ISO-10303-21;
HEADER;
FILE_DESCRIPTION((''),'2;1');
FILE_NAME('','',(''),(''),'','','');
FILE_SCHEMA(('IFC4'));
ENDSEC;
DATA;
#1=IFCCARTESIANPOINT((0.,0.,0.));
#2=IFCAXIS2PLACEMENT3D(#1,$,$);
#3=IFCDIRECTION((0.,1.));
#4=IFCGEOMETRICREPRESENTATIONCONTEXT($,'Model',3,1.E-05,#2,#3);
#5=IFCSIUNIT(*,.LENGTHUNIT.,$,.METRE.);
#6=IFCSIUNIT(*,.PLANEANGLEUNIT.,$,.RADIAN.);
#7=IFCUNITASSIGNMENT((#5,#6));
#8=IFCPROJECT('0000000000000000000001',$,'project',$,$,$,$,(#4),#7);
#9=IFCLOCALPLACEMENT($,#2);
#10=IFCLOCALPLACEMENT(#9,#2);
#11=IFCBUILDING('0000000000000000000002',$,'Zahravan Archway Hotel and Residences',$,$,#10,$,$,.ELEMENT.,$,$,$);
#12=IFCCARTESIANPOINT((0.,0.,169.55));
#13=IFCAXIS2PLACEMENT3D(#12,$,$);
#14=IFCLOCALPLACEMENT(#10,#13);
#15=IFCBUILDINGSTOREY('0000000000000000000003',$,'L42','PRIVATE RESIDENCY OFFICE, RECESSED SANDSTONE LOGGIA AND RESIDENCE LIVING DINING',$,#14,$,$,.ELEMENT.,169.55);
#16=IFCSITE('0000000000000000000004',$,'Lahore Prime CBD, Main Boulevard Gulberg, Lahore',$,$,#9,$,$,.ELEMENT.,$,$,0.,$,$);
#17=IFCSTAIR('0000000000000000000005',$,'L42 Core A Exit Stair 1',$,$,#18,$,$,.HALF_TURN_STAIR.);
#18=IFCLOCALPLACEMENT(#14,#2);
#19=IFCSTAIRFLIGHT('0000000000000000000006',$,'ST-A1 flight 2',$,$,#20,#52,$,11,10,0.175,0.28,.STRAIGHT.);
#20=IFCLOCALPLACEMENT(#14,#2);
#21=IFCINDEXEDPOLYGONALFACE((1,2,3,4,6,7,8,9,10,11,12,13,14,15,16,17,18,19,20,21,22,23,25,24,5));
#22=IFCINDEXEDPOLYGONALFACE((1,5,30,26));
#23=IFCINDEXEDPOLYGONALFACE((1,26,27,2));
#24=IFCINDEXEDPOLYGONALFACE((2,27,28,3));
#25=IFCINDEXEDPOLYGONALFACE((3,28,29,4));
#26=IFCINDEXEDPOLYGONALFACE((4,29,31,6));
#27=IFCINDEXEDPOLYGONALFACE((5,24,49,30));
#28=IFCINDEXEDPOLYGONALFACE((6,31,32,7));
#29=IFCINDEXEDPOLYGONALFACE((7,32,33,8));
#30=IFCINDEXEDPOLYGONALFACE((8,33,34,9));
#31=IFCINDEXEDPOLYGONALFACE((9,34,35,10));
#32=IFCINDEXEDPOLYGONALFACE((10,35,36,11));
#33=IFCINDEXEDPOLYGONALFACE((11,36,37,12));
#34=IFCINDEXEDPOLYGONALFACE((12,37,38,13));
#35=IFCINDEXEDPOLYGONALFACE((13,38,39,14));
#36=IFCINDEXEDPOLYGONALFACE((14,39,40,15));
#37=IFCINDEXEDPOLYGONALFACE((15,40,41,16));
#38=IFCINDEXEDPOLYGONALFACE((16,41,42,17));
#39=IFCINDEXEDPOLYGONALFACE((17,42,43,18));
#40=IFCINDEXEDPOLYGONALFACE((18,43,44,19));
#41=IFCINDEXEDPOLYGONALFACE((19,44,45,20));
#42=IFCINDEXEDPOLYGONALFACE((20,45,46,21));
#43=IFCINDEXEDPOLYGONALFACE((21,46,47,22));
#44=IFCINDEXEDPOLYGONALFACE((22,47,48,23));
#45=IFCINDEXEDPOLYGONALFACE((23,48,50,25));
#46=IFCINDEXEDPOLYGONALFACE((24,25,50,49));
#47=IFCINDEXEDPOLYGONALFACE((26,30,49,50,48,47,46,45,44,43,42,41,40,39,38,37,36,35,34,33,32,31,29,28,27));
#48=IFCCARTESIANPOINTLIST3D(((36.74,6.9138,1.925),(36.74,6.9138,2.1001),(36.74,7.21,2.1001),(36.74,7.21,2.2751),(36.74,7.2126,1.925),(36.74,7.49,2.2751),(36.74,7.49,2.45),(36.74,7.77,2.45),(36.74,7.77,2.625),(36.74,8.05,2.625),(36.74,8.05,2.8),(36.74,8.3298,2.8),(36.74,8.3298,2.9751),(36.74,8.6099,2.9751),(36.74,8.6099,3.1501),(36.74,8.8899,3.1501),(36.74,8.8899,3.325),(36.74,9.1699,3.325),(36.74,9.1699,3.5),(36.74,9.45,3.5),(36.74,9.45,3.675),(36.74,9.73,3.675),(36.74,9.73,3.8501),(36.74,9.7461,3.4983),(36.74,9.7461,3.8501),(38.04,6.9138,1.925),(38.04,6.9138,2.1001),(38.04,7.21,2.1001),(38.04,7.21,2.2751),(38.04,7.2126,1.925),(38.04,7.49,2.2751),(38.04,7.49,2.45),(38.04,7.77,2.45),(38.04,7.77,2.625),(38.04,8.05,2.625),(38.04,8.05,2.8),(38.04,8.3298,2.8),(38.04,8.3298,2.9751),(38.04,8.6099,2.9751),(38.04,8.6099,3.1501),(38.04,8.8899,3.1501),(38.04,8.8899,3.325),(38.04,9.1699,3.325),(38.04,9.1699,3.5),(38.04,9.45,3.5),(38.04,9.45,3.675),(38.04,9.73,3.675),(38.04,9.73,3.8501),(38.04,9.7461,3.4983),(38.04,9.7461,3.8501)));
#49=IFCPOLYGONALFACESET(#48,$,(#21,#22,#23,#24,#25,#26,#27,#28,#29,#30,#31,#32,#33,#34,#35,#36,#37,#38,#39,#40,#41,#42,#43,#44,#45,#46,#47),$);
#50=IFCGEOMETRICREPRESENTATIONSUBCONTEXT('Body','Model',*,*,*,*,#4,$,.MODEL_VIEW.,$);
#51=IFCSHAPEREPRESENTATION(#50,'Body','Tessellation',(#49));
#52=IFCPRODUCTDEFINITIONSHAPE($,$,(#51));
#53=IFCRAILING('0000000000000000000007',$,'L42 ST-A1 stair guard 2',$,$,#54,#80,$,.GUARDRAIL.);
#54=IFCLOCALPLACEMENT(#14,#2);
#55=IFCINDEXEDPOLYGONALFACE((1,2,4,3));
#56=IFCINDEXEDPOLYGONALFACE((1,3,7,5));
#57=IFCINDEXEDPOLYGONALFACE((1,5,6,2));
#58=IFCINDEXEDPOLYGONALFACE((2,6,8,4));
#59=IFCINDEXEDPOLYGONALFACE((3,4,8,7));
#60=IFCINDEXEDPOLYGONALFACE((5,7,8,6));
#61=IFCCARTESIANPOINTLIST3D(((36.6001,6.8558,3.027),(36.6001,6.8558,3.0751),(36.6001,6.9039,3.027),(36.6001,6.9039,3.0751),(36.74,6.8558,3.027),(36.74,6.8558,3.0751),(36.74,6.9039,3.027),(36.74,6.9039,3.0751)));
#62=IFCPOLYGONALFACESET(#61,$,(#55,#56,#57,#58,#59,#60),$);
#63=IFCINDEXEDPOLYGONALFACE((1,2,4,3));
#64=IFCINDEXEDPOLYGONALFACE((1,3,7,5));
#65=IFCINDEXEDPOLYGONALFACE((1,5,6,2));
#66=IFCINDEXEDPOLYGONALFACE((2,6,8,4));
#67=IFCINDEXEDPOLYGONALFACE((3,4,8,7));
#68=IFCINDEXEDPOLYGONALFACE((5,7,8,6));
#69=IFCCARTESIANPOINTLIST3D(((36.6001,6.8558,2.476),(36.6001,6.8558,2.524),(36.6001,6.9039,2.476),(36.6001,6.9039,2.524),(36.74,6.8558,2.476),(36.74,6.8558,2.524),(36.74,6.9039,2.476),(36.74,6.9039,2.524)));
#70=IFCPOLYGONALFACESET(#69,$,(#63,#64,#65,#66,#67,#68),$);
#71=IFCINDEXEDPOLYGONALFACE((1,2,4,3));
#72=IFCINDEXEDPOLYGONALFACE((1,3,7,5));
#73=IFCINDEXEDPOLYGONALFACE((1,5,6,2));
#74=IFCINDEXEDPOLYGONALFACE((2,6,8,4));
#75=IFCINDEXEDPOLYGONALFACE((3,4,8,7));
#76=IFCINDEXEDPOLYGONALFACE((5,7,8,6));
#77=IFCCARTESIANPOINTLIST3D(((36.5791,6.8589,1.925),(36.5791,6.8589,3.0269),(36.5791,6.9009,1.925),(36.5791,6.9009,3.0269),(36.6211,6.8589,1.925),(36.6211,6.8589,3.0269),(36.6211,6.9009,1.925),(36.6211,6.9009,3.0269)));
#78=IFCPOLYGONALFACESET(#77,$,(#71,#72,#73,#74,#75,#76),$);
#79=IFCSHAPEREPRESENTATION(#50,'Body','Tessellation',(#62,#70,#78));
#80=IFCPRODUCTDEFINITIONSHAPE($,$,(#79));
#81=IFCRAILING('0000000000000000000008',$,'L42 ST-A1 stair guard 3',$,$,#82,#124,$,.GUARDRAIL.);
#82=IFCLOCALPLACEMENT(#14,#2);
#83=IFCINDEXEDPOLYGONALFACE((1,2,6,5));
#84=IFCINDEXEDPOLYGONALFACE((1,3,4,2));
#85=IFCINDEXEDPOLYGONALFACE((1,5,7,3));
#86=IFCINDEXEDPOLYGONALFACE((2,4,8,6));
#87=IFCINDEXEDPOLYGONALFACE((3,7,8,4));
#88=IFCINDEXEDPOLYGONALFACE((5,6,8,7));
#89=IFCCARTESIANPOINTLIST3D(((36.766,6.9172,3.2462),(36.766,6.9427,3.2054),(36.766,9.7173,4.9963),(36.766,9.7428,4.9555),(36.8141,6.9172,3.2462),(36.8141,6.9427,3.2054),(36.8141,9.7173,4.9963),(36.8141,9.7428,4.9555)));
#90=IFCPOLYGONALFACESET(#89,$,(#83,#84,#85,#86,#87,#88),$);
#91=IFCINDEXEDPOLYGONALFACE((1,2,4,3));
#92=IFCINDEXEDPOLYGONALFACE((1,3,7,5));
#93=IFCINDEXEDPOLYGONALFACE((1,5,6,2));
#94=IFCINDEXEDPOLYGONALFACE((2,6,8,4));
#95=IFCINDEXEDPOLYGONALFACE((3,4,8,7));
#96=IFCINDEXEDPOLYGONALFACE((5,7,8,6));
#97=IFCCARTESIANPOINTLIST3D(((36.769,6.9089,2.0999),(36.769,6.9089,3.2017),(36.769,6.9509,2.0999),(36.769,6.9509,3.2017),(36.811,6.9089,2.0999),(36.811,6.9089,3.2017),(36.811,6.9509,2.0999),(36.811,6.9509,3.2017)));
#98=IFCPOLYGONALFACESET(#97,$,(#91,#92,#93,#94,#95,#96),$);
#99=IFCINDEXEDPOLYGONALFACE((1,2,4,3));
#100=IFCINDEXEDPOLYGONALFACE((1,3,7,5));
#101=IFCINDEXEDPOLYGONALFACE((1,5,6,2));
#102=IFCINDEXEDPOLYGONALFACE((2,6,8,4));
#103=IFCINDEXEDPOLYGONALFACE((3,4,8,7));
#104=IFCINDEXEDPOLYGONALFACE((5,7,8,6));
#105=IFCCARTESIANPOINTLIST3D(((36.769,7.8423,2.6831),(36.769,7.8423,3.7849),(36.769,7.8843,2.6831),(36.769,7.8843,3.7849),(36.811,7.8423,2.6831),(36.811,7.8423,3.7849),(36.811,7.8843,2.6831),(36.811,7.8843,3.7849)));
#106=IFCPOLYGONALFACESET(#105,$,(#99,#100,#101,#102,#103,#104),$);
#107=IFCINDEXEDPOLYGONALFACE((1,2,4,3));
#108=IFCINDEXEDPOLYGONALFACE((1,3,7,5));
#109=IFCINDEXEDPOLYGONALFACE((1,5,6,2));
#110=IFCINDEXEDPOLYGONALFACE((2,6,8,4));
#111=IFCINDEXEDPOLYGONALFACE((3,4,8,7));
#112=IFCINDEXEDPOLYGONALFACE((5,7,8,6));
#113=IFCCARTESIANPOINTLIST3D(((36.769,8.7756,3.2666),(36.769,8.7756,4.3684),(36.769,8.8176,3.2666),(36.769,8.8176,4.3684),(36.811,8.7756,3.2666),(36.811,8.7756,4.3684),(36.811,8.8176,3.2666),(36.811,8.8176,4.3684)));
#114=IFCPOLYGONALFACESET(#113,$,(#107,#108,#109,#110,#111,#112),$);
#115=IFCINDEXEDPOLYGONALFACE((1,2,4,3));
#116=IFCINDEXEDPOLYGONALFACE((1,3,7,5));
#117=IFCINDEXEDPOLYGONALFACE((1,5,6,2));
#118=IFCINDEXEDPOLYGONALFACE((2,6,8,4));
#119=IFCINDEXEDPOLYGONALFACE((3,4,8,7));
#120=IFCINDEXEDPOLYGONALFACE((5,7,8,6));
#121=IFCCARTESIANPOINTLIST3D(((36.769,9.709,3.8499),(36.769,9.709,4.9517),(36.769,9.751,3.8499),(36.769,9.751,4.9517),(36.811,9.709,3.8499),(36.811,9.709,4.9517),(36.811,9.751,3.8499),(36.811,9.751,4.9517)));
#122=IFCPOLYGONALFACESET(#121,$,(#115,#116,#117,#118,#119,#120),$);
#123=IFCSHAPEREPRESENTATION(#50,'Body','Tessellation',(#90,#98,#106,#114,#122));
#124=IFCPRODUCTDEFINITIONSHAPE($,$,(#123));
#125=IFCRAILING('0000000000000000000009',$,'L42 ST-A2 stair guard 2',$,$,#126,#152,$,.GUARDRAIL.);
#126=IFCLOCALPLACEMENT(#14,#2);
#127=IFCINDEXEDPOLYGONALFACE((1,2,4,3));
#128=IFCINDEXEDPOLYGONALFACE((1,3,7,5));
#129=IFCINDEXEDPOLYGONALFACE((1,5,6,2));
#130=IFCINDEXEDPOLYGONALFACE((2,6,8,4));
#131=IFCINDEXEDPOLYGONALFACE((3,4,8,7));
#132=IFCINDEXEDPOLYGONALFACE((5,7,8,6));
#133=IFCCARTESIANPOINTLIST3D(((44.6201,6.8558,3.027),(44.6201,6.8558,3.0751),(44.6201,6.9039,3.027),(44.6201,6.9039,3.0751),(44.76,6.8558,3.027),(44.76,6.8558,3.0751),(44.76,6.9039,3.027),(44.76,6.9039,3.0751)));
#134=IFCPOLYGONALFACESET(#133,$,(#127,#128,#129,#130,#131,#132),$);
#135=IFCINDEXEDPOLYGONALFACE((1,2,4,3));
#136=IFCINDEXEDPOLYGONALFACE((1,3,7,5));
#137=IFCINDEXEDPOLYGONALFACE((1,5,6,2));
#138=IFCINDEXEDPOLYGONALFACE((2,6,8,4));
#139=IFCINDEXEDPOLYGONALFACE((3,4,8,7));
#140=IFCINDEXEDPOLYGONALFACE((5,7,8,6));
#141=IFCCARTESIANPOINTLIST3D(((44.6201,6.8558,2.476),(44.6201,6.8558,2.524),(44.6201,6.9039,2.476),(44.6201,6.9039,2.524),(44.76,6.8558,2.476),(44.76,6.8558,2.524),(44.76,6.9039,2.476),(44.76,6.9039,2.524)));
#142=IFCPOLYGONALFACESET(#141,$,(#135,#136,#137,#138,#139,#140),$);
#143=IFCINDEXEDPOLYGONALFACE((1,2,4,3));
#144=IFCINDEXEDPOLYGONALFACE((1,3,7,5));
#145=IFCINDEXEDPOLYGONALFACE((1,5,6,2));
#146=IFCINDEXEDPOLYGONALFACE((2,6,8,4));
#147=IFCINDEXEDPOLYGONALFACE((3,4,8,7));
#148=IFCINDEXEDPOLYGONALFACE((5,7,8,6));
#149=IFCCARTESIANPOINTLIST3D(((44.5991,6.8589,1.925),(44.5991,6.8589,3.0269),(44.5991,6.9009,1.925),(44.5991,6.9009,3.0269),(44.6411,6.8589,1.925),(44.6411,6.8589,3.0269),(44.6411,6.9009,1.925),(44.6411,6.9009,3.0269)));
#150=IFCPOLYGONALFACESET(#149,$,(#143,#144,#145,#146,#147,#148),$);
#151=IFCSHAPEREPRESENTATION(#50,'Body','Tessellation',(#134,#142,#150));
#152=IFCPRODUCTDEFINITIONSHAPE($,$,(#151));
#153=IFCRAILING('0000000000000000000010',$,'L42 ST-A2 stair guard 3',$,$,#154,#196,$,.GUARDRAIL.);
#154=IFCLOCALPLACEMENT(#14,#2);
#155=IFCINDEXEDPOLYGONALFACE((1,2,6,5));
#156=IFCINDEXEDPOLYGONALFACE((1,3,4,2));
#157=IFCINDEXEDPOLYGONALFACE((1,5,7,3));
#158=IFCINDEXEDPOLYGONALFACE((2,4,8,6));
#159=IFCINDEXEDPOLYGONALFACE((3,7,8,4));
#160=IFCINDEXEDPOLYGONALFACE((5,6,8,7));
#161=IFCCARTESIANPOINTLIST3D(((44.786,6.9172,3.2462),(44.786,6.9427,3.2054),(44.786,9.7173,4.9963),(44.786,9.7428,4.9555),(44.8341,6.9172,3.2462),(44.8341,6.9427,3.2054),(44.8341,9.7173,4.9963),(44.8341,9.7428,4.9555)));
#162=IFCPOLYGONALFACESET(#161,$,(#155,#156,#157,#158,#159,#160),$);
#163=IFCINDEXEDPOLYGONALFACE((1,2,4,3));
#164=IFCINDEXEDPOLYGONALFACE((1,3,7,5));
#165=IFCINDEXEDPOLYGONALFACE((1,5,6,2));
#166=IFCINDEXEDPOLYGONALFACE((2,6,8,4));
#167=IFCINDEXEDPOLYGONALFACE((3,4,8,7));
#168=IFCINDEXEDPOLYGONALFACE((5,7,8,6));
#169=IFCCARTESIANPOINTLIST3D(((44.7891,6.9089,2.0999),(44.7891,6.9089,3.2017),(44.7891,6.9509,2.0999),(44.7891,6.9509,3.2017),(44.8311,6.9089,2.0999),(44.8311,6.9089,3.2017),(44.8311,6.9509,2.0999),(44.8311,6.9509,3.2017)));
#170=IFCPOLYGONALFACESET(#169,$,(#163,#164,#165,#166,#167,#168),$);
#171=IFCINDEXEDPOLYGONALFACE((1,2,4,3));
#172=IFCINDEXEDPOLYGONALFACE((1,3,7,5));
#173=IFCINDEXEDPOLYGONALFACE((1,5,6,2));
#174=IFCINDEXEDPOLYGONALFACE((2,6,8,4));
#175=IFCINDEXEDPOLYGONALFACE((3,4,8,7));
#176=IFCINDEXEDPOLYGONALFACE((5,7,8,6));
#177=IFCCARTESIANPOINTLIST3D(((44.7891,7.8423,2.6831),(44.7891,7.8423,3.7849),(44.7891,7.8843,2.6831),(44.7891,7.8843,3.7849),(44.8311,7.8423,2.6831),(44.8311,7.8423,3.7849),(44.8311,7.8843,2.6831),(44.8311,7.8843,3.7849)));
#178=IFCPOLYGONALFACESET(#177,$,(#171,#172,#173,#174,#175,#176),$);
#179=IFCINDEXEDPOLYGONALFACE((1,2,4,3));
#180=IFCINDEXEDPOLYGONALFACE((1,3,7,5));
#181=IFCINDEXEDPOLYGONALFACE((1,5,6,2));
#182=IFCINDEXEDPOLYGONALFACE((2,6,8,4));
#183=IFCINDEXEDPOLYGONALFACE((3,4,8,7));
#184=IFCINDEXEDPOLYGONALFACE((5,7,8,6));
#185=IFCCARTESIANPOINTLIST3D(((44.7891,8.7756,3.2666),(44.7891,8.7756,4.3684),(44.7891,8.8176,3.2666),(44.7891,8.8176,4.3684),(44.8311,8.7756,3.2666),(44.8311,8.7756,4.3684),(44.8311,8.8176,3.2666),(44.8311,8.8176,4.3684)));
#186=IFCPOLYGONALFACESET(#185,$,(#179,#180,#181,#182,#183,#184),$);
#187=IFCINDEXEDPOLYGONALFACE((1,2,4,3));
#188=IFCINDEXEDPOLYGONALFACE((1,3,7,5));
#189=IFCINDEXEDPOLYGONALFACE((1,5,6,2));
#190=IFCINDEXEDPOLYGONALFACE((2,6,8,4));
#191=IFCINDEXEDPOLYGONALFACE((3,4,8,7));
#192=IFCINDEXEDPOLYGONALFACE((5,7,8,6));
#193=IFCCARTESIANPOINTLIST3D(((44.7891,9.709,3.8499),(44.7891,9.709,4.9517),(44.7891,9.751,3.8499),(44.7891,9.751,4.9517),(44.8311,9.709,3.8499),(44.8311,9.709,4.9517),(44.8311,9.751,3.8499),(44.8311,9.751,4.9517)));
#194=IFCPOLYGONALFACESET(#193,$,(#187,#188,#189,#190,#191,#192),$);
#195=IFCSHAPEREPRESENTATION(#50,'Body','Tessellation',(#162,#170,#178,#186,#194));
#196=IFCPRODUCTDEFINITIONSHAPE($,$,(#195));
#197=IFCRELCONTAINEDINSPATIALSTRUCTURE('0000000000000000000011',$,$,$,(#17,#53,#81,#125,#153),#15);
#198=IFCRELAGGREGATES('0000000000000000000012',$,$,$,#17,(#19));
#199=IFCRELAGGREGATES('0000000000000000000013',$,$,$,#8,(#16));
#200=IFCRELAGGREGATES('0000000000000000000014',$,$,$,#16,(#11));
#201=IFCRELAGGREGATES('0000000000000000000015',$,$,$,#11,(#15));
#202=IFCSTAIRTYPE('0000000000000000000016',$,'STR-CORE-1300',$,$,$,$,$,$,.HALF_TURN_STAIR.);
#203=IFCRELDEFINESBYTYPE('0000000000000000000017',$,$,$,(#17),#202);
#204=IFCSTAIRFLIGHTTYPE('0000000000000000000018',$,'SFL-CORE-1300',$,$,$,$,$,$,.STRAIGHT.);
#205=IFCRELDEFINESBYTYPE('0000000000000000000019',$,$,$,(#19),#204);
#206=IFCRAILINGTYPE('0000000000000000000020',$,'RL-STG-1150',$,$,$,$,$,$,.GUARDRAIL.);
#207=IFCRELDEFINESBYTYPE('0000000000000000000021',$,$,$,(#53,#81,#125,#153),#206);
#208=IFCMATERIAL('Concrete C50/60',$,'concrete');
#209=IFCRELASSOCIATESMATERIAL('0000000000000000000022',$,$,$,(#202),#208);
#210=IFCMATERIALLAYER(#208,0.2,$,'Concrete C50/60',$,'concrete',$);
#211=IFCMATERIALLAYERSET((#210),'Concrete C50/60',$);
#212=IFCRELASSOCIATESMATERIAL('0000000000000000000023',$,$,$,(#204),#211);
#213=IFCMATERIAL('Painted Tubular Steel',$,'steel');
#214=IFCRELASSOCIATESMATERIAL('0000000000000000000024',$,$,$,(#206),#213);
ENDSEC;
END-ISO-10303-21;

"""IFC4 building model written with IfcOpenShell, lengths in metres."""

from ifc_helpers import new_model, si_unit, direction, frame, origin, origin_2d, place, context, subcontext, project, spatial, polyline, rectangle, outline, extrude, source, transform, mapped, material, layer, layer_set, type_object, element, aggregate, save


model = new_model("IFC4")

# Units and contexts
model_context = context("Model", 3, precision=1e-05, world=origin(), true_north=direction((0.0, 1.0)))
body_context = subcontext(model_context, "Body", "Model", "MODEL_VIEW")
ifc_project = project(units=[si_unit("LENGTHUNIT", "METRE"), si_unit("PLANEANGLEUNIT", "RADIAN")], contexts=[model_context])

# Site, building, storey
site_placement = place(None, origin())
site = spatial("IfcSite", under=ifc_project, at=site_placement, Name="Lahore Prime CBD, Main Boulevard Gulberg, Lahore", CompositionType="ELEMENT", RefElevation=0.0)
building_placement = place(site_placement, origin())
building = spatial("IfcBuilding", under=site, at=building_placement, Name="Zahravan Archway Hotel and Residences", CompositionType="ELEMENT")
storey_placement = place(building_placement, frame((0.0, 0.0, 169.55)))
storey = spatial("IfcBuildingStorey", under=building, at=storey_placement, Name="L42", Description="PRIVATE RESIDENCY OFFICE, RECESSED SANDSTONE LOGGIA AND RESIDENCE LIVING DINING", CompositionType="ELEMENT", Elevation=169.55)

# Shared definitions
ifc_material_1 = material(Name="Concrete C50/60", Category="concrete")

# Stair, stair flight
stair_type = type_object("IfcStairType", Name="STR-CORE-1300", PredefinedType="HALF_TURN_STAIR", material=ifc_material_1)
stair_placement = place(storey_placement, origin())
stair = element("IfcStair", 1, at=stair_placement, inside=storey, type_object=stair_type, Name="L42 Core A Exit Stair 1", PredefinedType="HALF_TURN_STAIR")
ifc_layer_1 = layer(ifc_material_1, 0.2, Name="Concrete C50/60", Category="concrete")
ifc_layer_set_1 = layer_set([ifc_layer_1], Name="Concrete C50/60")
stair_flight_type = type_object("IfcStairFlightType", Name="SFL-CORE-1300", PredefinedType="STRAIGHT", material=ifc_layer_set_1)
shared_shape_1 = source(origin(), body_context, "Body", "SweptSolid", [
    extrude(outline(polyline([(-0.0161, 0.0), (-0.0161, 0.175), (0.28, 0.175), (0.28, 0.3501), (0.5601, 0.3501), (0.5601, 0.5249), (0.8401, 0.5249), (0.8401, 0.7), (1.1201, 0.7), (1.1201, 0.875), (1.3999, 0.875), (1.3999, 1.05), (1.6799, 1.05), (1.6799, 1.2251), (1.96, 1.2251), (1.96, 1.3999), (2.24, 1.3999), (2.24, 1.575), (2.52, 1.575), (2.52, 1.75), (2.8, 1.75), (2.8, 1.925), (2.8162, 1.925), (2.8162, 1.5732), (0.2827, 0.0), (-0.0161, 0.0)])), frame((0.0, 0.6499, 0.0), z_axis=(0.0, -1.0, 0.0), x_axis=(1.0, 0.0, 0.0)), (0.0, 0.0, 1.0), 1.3),
])
stair_flight_placement = place(storey_placement, frame((37.3899, 6.9299, 1.925), z_axis=(0.0, 0.0, 1.0), x_axis=(0.0, 1.0, 0.0)))
stair_flight = element("IfcStairFlight", 2, at=stair_flight_placement, type_object=stair_flight_type, Name="ST-A1 flight 2", NumberOfRisers=11, NumberOfTreads=10, PredefinedType="STRAIGHT", RiserHeight=0.175, TreadLength=0.28, context=body_context, shape_type="MappedRepresentation", body=[
    mapped(shared_shape_1, transform((0.0, 0.0, 0.0), scale=1.0)),
])
aggregate(stair, [stair_flight])

# Railings
ifc_material_2 = material(Name="Painted Tubular Steel", Category="steel")
railing_type_1 = type_object("IfcRailingType", Name="RL-STG-1150", PredefinedType="GUARDRAIL", material=ifc_material_2)
railing_1_placement = place(storey_placement, frame((36.6001, 6.8799, 1.925)))
element("IfcRailing", 3, at=railing_1_placement, inside=storey, type_object=railing_type_1, Name="L42 ST-A1 stair guard 2", PredefinedType="GUARDRAIL", context=body_context, shape_type="SweptSolid", body=[
    extrude(rectangle(XDim=0.0481, YDim=0.0481, at=origin_2d()), frame((0.0, 0.0, 1.126), z_axis=(1.0, 0.0, 0.0), x_axis=(0.0, 1.0, 0.0)), (0.0, 0.0, 1.0), 0.1399),
    extrude(rectangle(XDim=0.0481, YDim=0.0481, at=origin_2d()), frame((0.0, 0.0, 0.575), z_axis=(1.0, 0.0, 0.0), x_axis=(0.0, 1.0, 0.0)), (0.0, 0.0, 1.0), 0.1399),
    extrude(rectangle(XDim=0.042, YDim=0.042, at=origin_2d()), origin(), (0.0, 0.0, 1.0), 1.1018),
])
railing_2_placement = place(storey_placement, frame((36.79, 6.9299, 2.0999)))
element("IfcRailing", 4, at=railing_2_placement, inside=storey, type_object=railing_type_1, Name="L42 ST-A1 stair guard 3", PredefinedType="GUARDRAIL", context=body_context, shape_type="SweptSolid", body=[
    extrude(rectangle(XDim=0.0481, YDim=0.0481, at=origin_2d()), frame((0.0, 0.0, 1.126), z_axis=(0.0, 0.848002, 0.529992), x_axis=(-1.0, 0.0, 0.0)), (0.0, 0.0, 1.0), 3.302),
    extrude(rectangle(XDim=0.042, YDim=0.042, at=origin_2d()), origin(), (0.0, 0.0, 1.0), 1.1018),
    extrude(rectangle(XDim=0.042, YDim=0.042, at=origin_2d()), frame((0.0, 0.9333, 0.5833)), (0.0, 0.0, 1.0), 1.1018),
    extrude(rectangle(XDim=0.042, YDim=0.042, at=origin_2d()), frame((0.0, 1.8667, 1.1667)), (0.0, 0.0, 1.0), 1.1018),
    extrude(rectangle(XDim=0.042, YDim=0.042, at=origin_2d()), frame((0.0, 2.8, 1.75)), (0.0, 0.0, 1.0), 1.1018),
])
railing_3_placement = place(storey_placement, frame((44.6201, 6.8799, 1.925)))
element("IfcRailing", 5, at=railing_3_placement, inside=storey, type_object=railing_type_1, Name="L42 ST-A2 stair guard 2", PredefinedType="GUARDRAIL", context=body_context, shape_type="SweptSolid", body=[
    extrude(rectangle(XDim=0.0481, YDim=0.0481, at=origin_2d()), frame((0.0, 0.0, 1.126), z_axis=(1.0, 0.0, 0.0), x_axis=(0.0, 1.0, 0.0)), (0.0, 0.0, 1.0), 0.1399),
    extrude(rectangle(XDim=0.0481, YDim=0.0481, at=origin_2d()), frame((0.0, 0.0, 0.575), z_axis=(1.0, 0.0, 0.0), x_axis=(0.0, 1.0, 0.0)), (0.0, 0.0, 1.0), 0.1399),
    extrude(rectangle(XDim=0.042, YDim=0.042, at=origin_2d()), origin(), (0.0, 0.0, 1.0), 1.1018),
])
railing_4_placement = place(storey_placement, frame((44.8101, 6.9299, 2.0999)))
element("IfcRailing", 6, at=railing_4_placement, inside=storey, type_object=railing_type_1, Name="L42 ST-A2 stair guard 3", PredefinedType="GUARDRAIL", context=body_context, shape_type="SweptSolid", body=[
    extrude(rectangle(XDim=0.0481, YDim=0.0481, at=origin_2d()), frame((0.0, 0.0, 1.126), z_axis=(0.0, 0.848002, 0.529992), x_axis=(-1.0, 0.0, 0.0)), (0.0, 0.0, 1.0), 3.302),
    extrude(rectangle(XDim=0.042, YDim=0.042, at=origin_2d()), origin(), (0.0, 0.0, 1.0), 1.1018),
    extrude(rectangle(XDim=0.042, YDim=0.042, at=origin_2d()), frame((0.0, 0.9333, 0.5833)), (0.0, 0.0, 1.0), 1.1018),
    extrude(rectangle(XDim=0.042, YDim=0.042, at=origin_2d()), frame((0.0, 1.8667, 1.1667)), (0.0, 0.0, 1.0), 1.1018),
    extrude(rectangle(XDim=0.042, YDim=0.042, at=origin_2d()), frame((0.0, 2.8, 1.75)), (0.0, 0.0, 1.0), 1.1018),
])

save(model, "model.ifc")
